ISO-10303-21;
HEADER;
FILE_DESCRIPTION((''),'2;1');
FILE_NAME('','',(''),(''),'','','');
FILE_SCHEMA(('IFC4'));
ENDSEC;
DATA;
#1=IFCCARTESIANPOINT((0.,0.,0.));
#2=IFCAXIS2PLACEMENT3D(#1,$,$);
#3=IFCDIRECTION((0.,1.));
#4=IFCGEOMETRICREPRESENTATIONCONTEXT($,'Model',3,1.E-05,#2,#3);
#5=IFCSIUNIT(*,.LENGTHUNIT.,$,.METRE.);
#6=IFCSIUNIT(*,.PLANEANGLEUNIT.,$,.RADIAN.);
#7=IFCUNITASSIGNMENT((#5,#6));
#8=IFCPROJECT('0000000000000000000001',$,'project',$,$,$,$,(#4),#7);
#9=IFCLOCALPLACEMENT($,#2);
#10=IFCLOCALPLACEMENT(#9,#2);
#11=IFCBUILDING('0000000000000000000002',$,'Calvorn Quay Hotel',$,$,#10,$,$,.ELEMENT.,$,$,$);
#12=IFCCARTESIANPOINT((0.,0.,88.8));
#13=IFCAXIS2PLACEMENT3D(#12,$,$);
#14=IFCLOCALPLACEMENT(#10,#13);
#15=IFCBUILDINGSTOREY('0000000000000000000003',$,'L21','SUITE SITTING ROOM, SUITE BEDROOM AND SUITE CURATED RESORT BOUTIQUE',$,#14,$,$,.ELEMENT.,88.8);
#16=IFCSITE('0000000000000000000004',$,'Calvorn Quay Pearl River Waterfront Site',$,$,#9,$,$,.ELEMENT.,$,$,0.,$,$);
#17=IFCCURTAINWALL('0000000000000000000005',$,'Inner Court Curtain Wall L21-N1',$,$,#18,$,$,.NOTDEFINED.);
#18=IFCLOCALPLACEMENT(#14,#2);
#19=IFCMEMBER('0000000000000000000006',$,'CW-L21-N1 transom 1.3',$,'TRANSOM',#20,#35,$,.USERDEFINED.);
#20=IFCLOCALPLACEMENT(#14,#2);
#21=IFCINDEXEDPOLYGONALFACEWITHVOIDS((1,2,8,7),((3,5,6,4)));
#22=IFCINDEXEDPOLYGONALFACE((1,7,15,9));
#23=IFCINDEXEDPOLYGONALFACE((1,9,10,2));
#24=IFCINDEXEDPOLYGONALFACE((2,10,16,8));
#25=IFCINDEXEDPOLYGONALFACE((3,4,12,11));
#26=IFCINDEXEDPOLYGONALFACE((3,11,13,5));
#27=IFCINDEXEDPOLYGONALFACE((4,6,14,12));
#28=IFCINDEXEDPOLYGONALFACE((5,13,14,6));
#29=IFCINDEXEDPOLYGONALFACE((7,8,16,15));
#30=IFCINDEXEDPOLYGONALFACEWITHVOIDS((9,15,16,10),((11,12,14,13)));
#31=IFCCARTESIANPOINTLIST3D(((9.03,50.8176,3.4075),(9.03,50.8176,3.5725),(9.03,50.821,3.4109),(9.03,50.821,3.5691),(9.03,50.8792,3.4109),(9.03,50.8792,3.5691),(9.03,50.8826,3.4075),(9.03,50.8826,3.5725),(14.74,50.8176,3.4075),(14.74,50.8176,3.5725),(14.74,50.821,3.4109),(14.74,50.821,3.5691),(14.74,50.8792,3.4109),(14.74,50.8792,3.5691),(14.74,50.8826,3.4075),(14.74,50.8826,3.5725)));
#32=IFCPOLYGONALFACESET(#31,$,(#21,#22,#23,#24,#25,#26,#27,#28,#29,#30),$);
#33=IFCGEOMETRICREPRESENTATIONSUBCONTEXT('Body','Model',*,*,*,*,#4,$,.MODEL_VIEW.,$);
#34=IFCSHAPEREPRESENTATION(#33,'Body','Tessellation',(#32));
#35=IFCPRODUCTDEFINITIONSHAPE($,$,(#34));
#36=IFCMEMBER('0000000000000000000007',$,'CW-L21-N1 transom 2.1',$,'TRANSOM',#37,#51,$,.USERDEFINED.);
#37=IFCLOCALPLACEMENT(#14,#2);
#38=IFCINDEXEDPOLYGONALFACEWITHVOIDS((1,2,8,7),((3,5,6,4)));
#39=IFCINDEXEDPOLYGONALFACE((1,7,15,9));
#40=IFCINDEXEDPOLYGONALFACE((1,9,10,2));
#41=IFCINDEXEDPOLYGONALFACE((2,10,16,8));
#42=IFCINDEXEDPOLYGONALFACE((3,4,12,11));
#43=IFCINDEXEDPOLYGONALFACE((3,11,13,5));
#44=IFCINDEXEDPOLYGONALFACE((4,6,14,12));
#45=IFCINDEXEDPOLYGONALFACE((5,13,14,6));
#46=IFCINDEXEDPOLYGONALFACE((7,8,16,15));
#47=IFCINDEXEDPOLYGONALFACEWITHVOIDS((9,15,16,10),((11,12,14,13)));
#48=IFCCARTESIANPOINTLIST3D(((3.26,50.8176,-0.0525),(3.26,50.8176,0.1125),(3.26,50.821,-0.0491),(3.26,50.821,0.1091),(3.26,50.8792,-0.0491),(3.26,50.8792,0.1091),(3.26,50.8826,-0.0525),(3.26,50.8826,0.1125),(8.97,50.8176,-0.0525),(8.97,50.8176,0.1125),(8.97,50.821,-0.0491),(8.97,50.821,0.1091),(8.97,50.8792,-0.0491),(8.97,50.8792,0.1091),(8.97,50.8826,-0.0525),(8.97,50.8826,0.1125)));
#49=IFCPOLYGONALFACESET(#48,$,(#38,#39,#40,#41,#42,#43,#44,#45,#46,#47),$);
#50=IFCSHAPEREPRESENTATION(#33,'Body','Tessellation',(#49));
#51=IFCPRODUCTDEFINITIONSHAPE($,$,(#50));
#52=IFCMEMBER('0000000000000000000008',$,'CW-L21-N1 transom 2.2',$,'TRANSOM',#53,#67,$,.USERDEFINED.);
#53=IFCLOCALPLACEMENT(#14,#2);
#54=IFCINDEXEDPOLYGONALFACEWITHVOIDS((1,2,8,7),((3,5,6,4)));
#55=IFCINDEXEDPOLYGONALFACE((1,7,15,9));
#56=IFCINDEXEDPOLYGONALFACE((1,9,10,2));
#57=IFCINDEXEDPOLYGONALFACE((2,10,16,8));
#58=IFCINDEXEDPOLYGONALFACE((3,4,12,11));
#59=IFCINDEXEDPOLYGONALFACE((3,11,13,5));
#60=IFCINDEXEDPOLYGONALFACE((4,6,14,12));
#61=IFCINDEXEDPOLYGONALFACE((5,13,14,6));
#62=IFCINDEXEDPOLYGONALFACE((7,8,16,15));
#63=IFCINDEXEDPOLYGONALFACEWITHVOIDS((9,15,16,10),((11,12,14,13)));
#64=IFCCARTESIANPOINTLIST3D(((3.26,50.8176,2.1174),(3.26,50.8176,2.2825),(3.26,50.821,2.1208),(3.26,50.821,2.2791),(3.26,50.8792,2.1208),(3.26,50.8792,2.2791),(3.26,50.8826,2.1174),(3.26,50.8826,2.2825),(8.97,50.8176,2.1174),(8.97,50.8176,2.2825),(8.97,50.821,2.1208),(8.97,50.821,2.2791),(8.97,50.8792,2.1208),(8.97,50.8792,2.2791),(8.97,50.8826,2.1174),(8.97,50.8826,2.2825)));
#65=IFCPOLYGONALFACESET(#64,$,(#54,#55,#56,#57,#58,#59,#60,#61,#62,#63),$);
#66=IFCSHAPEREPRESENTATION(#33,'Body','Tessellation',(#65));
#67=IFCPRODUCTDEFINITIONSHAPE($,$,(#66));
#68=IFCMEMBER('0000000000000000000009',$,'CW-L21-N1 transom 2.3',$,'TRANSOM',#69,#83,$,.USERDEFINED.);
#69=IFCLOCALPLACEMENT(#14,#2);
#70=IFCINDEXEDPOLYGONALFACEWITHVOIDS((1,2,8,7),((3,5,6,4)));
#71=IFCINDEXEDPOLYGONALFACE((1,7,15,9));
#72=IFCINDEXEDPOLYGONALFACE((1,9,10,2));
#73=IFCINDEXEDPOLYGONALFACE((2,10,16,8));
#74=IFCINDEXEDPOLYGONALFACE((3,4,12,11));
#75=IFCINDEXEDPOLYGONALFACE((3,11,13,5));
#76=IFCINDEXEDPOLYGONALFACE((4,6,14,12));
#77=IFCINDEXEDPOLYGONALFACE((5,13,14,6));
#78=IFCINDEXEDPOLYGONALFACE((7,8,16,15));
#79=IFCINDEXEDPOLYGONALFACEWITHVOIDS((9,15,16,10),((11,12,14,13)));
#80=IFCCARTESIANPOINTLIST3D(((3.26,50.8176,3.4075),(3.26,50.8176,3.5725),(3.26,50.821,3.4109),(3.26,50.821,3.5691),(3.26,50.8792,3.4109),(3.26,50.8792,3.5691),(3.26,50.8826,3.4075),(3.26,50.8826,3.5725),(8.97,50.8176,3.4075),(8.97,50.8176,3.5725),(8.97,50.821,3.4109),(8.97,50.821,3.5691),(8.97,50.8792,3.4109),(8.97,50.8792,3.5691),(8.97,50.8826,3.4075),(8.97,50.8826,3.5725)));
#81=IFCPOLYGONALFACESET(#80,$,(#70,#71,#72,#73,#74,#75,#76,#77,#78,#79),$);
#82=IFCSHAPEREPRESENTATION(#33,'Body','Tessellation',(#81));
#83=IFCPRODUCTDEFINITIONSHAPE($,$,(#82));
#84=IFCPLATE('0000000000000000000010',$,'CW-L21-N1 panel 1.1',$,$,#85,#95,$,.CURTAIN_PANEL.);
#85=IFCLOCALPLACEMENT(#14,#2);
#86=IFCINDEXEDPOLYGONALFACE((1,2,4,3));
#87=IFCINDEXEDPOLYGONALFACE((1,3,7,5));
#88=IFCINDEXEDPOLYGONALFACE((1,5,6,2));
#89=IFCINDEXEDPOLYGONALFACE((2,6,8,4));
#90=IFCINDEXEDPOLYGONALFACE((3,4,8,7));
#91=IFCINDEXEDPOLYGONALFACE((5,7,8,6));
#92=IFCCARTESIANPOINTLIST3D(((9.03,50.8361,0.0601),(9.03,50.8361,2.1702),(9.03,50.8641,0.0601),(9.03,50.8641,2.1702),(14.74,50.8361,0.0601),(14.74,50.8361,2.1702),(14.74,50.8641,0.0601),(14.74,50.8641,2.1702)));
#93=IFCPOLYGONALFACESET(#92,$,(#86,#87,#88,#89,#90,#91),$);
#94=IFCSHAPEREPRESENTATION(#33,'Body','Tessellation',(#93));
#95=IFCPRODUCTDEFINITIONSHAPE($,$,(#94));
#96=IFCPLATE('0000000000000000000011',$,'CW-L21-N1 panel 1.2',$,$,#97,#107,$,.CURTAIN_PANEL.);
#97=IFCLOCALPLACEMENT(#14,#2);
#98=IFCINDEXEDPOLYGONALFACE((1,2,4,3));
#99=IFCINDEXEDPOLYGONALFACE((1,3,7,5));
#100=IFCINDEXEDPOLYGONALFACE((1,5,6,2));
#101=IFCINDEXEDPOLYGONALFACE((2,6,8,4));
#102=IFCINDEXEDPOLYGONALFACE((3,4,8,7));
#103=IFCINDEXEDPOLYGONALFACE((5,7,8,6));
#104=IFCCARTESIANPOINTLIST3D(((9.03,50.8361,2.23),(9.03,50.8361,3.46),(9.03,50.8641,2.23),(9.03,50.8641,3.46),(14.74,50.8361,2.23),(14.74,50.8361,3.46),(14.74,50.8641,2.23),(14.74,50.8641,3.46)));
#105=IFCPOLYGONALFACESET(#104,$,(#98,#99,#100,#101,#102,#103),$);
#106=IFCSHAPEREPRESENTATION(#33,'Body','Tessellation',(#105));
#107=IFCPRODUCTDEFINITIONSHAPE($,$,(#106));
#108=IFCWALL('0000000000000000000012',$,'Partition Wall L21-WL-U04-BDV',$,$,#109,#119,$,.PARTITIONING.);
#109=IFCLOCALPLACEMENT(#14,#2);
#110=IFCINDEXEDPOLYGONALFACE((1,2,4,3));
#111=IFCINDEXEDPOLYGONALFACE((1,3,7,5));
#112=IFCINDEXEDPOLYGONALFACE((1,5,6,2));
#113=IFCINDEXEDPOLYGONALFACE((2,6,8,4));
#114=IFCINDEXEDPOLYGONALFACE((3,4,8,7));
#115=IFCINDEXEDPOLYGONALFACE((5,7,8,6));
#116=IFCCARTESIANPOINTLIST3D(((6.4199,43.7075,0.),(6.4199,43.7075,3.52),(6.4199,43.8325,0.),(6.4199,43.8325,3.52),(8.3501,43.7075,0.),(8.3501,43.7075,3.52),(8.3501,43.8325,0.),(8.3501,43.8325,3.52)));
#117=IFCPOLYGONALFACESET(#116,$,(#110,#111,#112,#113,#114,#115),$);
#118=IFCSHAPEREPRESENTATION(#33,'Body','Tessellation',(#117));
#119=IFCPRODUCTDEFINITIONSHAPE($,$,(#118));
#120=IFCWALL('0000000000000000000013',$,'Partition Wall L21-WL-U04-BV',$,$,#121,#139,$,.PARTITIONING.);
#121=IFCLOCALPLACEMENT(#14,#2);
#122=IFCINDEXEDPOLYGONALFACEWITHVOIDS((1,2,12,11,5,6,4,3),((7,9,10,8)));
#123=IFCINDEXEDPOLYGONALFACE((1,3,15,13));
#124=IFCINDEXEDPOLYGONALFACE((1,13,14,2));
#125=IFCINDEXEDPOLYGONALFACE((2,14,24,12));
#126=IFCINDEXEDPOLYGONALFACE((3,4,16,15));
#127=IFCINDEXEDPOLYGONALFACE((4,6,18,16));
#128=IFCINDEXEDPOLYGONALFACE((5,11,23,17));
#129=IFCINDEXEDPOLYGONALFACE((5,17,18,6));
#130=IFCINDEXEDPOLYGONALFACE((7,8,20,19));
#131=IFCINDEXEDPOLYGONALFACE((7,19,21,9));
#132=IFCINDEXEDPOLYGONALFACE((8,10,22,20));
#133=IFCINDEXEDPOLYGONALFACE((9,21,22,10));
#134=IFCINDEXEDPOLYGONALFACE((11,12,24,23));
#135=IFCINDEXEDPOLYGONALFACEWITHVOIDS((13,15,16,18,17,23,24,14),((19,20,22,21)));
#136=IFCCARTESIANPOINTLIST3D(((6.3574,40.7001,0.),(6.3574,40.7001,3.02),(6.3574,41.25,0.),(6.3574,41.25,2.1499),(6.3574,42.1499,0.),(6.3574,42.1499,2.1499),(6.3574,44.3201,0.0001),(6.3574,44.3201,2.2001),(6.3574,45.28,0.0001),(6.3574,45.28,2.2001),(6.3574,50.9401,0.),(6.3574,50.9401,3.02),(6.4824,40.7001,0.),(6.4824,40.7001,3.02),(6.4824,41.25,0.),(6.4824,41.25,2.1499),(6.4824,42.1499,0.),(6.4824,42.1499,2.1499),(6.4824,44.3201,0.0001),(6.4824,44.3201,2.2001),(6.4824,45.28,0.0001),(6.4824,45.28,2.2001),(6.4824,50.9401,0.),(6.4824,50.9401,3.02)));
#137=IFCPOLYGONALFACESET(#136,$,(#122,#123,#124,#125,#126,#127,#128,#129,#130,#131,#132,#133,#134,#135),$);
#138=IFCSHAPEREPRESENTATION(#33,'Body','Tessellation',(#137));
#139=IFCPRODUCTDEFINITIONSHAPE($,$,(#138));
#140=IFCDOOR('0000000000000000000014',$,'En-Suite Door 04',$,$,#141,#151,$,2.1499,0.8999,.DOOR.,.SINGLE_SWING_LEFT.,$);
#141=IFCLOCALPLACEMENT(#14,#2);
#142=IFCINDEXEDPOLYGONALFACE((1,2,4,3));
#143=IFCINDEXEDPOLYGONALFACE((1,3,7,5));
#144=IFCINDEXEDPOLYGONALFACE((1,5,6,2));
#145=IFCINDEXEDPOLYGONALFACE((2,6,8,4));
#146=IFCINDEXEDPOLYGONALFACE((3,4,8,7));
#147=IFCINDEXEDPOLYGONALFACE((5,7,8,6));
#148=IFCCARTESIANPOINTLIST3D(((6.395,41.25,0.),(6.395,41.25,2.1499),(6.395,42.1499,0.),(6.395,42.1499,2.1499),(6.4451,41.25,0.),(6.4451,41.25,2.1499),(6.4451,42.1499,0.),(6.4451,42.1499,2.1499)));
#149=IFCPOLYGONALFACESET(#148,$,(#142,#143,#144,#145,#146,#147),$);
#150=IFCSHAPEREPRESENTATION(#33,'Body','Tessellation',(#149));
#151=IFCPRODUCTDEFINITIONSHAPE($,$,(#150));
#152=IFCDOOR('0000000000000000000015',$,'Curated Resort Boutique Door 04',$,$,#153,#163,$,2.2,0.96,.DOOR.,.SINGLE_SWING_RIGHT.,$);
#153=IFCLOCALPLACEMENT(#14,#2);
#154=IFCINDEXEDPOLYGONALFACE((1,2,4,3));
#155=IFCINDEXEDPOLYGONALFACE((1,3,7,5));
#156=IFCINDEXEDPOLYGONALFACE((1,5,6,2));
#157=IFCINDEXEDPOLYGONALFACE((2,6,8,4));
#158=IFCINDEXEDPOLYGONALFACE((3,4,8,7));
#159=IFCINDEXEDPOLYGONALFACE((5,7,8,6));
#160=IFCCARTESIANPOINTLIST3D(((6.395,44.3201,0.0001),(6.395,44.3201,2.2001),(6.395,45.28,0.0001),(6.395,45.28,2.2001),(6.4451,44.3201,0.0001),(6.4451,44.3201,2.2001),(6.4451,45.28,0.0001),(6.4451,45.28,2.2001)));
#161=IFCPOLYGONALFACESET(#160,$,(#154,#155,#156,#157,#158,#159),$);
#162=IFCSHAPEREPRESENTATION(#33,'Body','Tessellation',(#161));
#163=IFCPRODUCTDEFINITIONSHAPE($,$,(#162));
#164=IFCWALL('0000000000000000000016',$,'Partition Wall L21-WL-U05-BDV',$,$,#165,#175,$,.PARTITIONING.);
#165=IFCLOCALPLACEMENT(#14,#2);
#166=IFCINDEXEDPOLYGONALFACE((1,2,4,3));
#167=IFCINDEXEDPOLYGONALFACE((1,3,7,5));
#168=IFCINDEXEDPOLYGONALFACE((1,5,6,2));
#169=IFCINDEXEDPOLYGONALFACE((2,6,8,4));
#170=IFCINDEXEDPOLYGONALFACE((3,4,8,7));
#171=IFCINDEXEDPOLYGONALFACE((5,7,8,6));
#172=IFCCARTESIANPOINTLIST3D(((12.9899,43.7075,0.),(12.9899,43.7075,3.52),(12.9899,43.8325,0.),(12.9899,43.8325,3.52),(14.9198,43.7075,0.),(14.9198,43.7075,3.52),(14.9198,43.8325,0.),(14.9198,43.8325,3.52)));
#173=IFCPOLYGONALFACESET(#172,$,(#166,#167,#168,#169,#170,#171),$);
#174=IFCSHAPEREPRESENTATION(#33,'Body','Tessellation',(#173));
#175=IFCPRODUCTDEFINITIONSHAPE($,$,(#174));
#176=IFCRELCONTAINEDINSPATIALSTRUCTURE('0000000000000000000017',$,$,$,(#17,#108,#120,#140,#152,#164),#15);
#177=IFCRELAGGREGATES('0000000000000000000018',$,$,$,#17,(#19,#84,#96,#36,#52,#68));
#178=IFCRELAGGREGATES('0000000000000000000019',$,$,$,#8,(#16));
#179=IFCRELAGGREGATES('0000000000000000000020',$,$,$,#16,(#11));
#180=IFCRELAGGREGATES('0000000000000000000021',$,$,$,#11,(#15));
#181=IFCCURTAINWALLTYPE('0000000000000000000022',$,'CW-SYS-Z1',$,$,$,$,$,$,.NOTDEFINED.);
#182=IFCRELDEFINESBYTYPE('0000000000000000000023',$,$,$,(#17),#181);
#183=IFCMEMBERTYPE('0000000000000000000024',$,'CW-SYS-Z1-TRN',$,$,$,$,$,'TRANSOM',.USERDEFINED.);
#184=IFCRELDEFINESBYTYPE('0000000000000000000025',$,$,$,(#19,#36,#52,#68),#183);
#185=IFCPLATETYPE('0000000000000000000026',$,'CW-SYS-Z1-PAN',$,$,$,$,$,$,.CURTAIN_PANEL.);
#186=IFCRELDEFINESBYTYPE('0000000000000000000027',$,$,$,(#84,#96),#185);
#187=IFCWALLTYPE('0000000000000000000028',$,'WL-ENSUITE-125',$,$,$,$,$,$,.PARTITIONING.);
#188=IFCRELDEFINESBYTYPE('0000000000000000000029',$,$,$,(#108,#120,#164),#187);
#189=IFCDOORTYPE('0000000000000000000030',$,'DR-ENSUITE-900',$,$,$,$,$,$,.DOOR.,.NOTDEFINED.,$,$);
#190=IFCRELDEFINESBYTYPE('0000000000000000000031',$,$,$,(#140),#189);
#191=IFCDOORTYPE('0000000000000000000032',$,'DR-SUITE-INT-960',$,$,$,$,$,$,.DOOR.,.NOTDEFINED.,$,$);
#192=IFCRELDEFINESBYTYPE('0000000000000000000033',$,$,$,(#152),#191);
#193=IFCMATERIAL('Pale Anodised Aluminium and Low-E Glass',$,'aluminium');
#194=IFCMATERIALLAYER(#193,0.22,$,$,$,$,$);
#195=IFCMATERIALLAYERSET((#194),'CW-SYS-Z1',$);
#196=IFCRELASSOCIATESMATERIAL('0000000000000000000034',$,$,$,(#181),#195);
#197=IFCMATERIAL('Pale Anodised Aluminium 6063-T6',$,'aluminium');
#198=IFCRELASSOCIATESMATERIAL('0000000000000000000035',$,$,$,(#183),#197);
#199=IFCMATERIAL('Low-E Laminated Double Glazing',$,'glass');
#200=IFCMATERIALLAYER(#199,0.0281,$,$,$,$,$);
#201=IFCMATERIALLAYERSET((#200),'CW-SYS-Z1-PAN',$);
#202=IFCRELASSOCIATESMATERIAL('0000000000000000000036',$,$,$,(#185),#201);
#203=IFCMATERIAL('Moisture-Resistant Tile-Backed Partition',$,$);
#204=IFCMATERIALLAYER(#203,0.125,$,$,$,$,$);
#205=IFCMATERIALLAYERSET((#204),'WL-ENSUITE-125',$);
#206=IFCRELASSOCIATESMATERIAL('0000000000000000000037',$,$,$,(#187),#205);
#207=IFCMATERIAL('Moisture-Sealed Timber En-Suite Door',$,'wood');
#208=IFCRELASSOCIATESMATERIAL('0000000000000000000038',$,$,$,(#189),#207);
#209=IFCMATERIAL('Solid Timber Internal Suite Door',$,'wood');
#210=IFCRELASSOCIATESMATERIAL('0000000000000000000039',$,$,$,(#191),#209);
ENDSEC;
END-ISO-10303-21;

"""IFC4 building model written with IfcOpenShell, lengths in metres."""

from ifc_helpers import new_model, si_unit, direction, frame, frame_2d, origin, origin_2d, place, context, subcontext, project, spatial, rectangle, hollow_rectangle, extrude, material, layer, layer_set, material_profile, profile_set, type_object, element, fill, aggregate, save


model = new_model("IFC4")

# Units and contexts
model_context = context("Model", 3, precision=1e-05, world=origin(), true_north=direction((0.0, 1.0)))
body_context = subcontext(model_context, "Body", "Model", "MODEL_VIEW")
ifc_project = project(units=[si_unit("LENGTHUNIT", "METRE"), si_unit("PLANEANGLEUNIT", "RADIAN")], contexts=[model_context])

# Site, building, storey
site_placement = place(None, origin())
site = spatial("IfcSite", under=ifc_project, at=site_placement, Name="Calvorn Quay Pearl River Waterfront Site", CompositionType="ELEMENT", RefElevation=0.0)
building_placement = place(site_placement, origin())
building = spatial("IfcBuilding", under=site, at=building_placement, Name="Calvorn Quay Hotel", CompositionType="ELEMENT")
storey_placement = place(building_placement, frame((0.0, 0.0, 88.8)))
storey = spatial("IfcBuildingStorey", under=building, at=storey_placement, Name="L21", Description="SUITE SITTING ROOM, SUITE BEDROOM AND SUITE CURATED RESORT BOUTIQUE", CompositionType="ELEMENT", Elevation=88.8)

# Curtain wall, members, plates
ifc_material_1 = material(Name="Pale Anodised Aluminium and Low-E Glass", Category="aluminium")
ifc_layer_1 = layer(ifc_material_1, 0.22)
ifc_layer_set_1 = layer_set([ifc_layer_1], Name="CW-SYS-Z1")
curtain_wall_type = type_object("IfcCurtainWallType", Name="CW-SYS-Z1", PredefinedType="NOTDEFINED", material=ifc_layer_set_1)
curtain_wall_placement = place(storey_placement, origin())
curtain_wall = element("IfcCurtainWall", 1, at=curtain_wall_placement, inside=storey, type_object=curtain_wall_type, Name="Inner Court Curtain Wall L21-N1", PredefinedType="NOTDEFINED")
ifc_material_2 = material(Name="Pale Anodised Aluminium 6063-T6", Category="aluminium")
ifc_material_profile_1 = material_profile(ifc_material_2, hollow_rectangle(XDim=0.0649, YDim=0.165, WallThickness=0.0034, at=origin_2d()), Name="ALU-T165x65x3.5")
ifc_profile_set_1 = profile_set([ifc_material_profile_1], Name="Pale Anodised Aluminium 6063-T6")
member_type_1 = type_object("IfcMemberType", Name="CW-SYS-Z1-TRN", ElementType="TRANSOM", PredefinedType="USERDEFINED", material=ifc_profile_set_1)
member_1_placement = place(storey_placement, frame((14.74, 50.8501, 3.49), z_axis=(-1.0, 0.0, 0.0), x_axis=(0.0, -1.0, 0.0)))
member_1 = element("IfcMember", 2, at=member_1_placement, type_object=member_type_1, Name="CW-L21-N1 transom 1.3", ObjectType="TRANSOM", PredefinedType="USERDEFINED", context=body_context, shape_type="SweptSolid", body=[
    extrude(hollow_rectangle(XDim=0.0649, YDim=0.165, WallThickness=0.0034, at=origin_2d()), origin(), (0.0, 0.0, 1.0), 5.71),
])
member_2_placement = place(storey_placement, frame((8.97, 50.8501, 0.03), z_axis=(-1.0, 0.0, 0.0), x_axis=(0.0, -1.0, 0.0)))
member_2 = element("IfcMember", 3, at=member_2_placement, type_object=member_type_1, Name="CW-L21-N1 transom 2.1", ObjectType="TRANSOM", PredefinedType="USERDEFINED", context=body_context, shape_type="SweptSolid", body=[
    extrude(hollow_rectangle(XDim=0.0649, YDim=0.165, WallThickness=0.0034, at=origin_2d()), origin(), (0.0, 0.0, 1.0), 5.71),
])
member_3_placement = place(storey_placement, frame((8.97, 50.8501, 2.2), z_axis=(-1.0, 0.0, 0.0), x_axis=(0.0, -1.0, 0.0)))
member_3 = element("IfcMember", 4, at=member_3_placement, type_object=member_type_1, Name="CW-L21-N1 transom 2.2", ObjectType="TRANSOM", PredefinedType="USERDEFINED", context=body_context, shape_type="SweptSolid", body=[
    extrude(hollow_rectangle(XDim=0.0649, YDim=0.165, WallThickness=0.0034, at=origin_2d()), origin(), (0.0, 0.0, 1.0), 5.71),
])
member_4_placement = place(storey_placement, frame((8.97, 50.8501, 3.49), z_axis=(-1.0, 0.0, 0.0), x_axis=(0.0, -1.0, 0.0)))
member_4 = element("IfcMember", 5, at=member_4_placement, type_object=member_type_1, Name="CW-L21-N1 transom 2.3", ObjectType="TRANSOM", PredefinedType="USERDEFINED", context=body_context, shape_type="SweptSolid", body=[
    extrude(hollow_rectangle(XDim=0.0649, YDim=0.165, WallThickness=0.0034, at=origin_2d()), origin(), (0.0, 0.0, 1.0), 5.71),
])
ifc_material_3 = material(Name="Low-E Laminated Double Glazing", Category="glass")
ifc_layer_2 = layer(ifc_material_3, 0.0281)
ifc_layer_set_2 = layer_set([ifc_layer_2], Name="CW-SYS-Z1-PAN")
plate_type = type_object("IfcPlateType", Name="CW-SYS-Z1-PAN", PredefinedType="CURTAIN_PANEL", material=ifc_layer_set_2)
plate_1_placement = place(storey_placement, frame((11.885, 50.8501, 0.0601), z_axis=(0.0, 0.0, 1.0), x_axis=(-1.0, 0.0, 0.0)))
plate_1 = element("IfcPlate", 6, at=plate_1_placement, type_object=plate_type, Name="CW-L21-N1 panel 1.1", PredefinedType="CURTAIN_PANEL", context=body_context, shape_type="SweptSolid", body=[
    extrude(rectangle(XDim=5.71, YDim=0.0281, at=origin_2d()), origin(), (0.0, 0.0, 1.0), 2.1101),
])
plate_2_placement = place(storey_placement, frame((11.885, 50.8501, 2.23), z_axis=(0.0, 0.0, 1.0), x_axis=(-1.0, 0.0, 0.0)))
plate_2 = element("IfcPlate", 7, at=plate_2_placement, type_object=plate_type, Name="CW-L21-N1 panel 1.2", PredefinedType="CURTAIN_PANEL", context=body_context, shape_type="SweptSolid", body=[
    extrude(rectangle(XDim=5.71, YDim=0.0281, at=origin_2d()), origin(), (0.0, 0.0, 1.0), 1.23),
])
aggregate(curtain_wall, [member_1, plate_1, plate_2, member_2, member_3, member_4])

# Wall
ifc_material_4 = material(Name="Moisture-Resistant Tile-Backed Partition")
ifc_layer_3 = layer(ifc_material_4, 0.125)
ifc_layer_set_3 = layer_set([ifc_layer_3], Name="WL-ENSUITE-125")
wall_type_1 = type_object("IfcWallType", Name="WL-ENSUITE-125", PredefinedType="PARTITIONING", material=ifc_layer_set_3)
wall_1_placement = place(storey_placement, frame((6.4199, 43.77, 0.0), z_axis=(0.0, 0.0, 1.0), x_axis=(1.0, 0.0, 0.0)))
element("IfcWall", 8, at=wall_1_placement, inside=storey, type_object=wall_type_1, Name="Partition Wall L21-WL-U04-BDV", PredefinedType="PARTITIONING", context=body_context, shape_type="SweptSolid", body=[
    extrude(rectangle(XDim=1.9302, YDim=0.125, at=frame_2d((0.9651, 0.0))), origin(), (0.0, 0.0, 1.0), 3.52),
])

# Wall, openings, doors
wall_2_placement = place(storey_placement, frame((6.4199, 40.7, 0.0), z_axis=(0.0, 0.0, 1.0), x_axis=(0.0, 1.0, 0.0)))
wall_2 = element("IfcWall", 9, at=wall_2_placement, inside=storey, type_object=wall_type_1, Name="Partition Wall L21-WL-U04-BV", PredefinedType="PARTITIONING", context=body_context, shape_type="SweptSolid", body=[
    extrude(rectangle(XDim=10.24, YDim=0.125, at=frame_2d((5.1201, 0.0))), origin(), (0.0, 0.0, 1.0), 3.02),
])
opening_1_placement = place(wall_2_placement, frame((0.55, 0.0, 0.0)))
opening_1 = element("IfcOpeningElement", 10, at=opening_1_placement, cuts=wall_2, PredefinedType="OPENING", context=body_context, shape_type="SweptSolid", body=[
    extrude(rectangle(XDim=0.8999, YDim=2.1499, at=frame_2d((0.45, 1.075))), frame((0.0, 0.0725, 0.0), z_axis=(0.0, -1.0, 0.0), x_axis=(1.0, 0.0, 0.0)), (0.0, 0.0, 1.0), 0.145),
])
opening_2_placement = place(wall_2_placement, frame((3.6201, 0.0, 0.0)))
opening_2 = element("IfcOpeningElement", 11, at=opening_2_placement, cuts=wall_2, PredefinedType="OPENING", context=body_context, shape_type="SweptSolid", body=[
    extrude(rectangle(XDim=0.96, YDim=2.2, at=frame_2d((0.48, 1.1001))), frame((0.0, 0.0725, 0.0), z_axis=(0.0, -1.0, 0.0), x_axis=(1.0, 0.0, 0.0)), (0.0, 0.0, 1.0), 0.145),
])
ifc_material_5 = material(Name="Moisture-Sealed Timber En-Suite Door", Category="wood")
door_type_1 = type_object("IfcDoorType", Name="DR-ENSUITE-900", OperationType="NOTDEFINED", PredefinedType="DOOR", material=ifc_material_5)
door_1_placement = place(opening_1_placement, origin())
door_1 = element("IfcDoor", 12, at=door_1_placement, inside=storey, type_object=door_type_1, Name="En-Suite Door 04", OperationType="SINGLE_SWING_LEFT", OverallHeight=2.1499, OverallWidth=0.8999, PredefinedType="DOOR", context=body_context, shape_type="SweptSolid", body=[
    extrude(rectangle(XDim=0.8999, YDim=2.1499, at=frame_2d((0.45, 1.075))), frame((0.0, 0.0249, 0.0), z_axis=(0.0, -1.0, 0.0), x_axis=(1.0, 0.0, 0.0)), (0.0, 0.0, 1.0), 0.05),
])
fill(opening_1, door_1)
ifc_material_6 = material(Name="Solid Timber Internal Suite Door", Category="wood")
door_type_2 = type_object("IfcDoorType", Name="DR-SUITE-INT-960", OperationType="NOTDEFINED", PredefinedType="DOOR", material=ifc_material_6)
door_2_placement = place(opening_2_placement, origin())
door_2 = element("IfcDoor", 13, at=door_2_placement, inside=storey, type_object=door_type_2, Name="Curated Resort Boutique Door 04", OperationType="SINGLE_SWING_RIGHT", OverallHeight=2.2, OverallWidth=0.96, PredefinedType="DOOR", context=body_context, shape_type="SweptSolid", body=[
    extrude(rectangle(XDim=0.96, YDim=2.2, at=frame_2d((0.48, 1.1001))), frame((0.0, 0.0249, 0.0), z_axis=(0.0, -1.0, 0.0), x_axis=(1.0, 0.0, 0.0)), (0.0, 0.0, 1.0), 0.05),
])
fill(opening_2, door_2)

# Wall
wall_3_placement = place(storey_placement, frame((12.99, 43.77, 0.0), z_axis=(0.0, 0.0, 1.0), x_axis=(1.0, 0.0, 0.0)))
element("IfcWall", 14, at=wall_3_placement, inside=storey, type_object=wall_type_1, Name="Partition Wall L21-WL-U05-BDV", PredefinedType="PARTITIONING", context=body_context, shape_type="SweptSolid", body=[
    extrude(rectangle(XDim=1.9299, YDim=0.125, at=frame_2d((0.9648, 0.0))), origin(), (0.0, 0.0, 1.0), 3.52),
])

save(model, "model.ifc")
